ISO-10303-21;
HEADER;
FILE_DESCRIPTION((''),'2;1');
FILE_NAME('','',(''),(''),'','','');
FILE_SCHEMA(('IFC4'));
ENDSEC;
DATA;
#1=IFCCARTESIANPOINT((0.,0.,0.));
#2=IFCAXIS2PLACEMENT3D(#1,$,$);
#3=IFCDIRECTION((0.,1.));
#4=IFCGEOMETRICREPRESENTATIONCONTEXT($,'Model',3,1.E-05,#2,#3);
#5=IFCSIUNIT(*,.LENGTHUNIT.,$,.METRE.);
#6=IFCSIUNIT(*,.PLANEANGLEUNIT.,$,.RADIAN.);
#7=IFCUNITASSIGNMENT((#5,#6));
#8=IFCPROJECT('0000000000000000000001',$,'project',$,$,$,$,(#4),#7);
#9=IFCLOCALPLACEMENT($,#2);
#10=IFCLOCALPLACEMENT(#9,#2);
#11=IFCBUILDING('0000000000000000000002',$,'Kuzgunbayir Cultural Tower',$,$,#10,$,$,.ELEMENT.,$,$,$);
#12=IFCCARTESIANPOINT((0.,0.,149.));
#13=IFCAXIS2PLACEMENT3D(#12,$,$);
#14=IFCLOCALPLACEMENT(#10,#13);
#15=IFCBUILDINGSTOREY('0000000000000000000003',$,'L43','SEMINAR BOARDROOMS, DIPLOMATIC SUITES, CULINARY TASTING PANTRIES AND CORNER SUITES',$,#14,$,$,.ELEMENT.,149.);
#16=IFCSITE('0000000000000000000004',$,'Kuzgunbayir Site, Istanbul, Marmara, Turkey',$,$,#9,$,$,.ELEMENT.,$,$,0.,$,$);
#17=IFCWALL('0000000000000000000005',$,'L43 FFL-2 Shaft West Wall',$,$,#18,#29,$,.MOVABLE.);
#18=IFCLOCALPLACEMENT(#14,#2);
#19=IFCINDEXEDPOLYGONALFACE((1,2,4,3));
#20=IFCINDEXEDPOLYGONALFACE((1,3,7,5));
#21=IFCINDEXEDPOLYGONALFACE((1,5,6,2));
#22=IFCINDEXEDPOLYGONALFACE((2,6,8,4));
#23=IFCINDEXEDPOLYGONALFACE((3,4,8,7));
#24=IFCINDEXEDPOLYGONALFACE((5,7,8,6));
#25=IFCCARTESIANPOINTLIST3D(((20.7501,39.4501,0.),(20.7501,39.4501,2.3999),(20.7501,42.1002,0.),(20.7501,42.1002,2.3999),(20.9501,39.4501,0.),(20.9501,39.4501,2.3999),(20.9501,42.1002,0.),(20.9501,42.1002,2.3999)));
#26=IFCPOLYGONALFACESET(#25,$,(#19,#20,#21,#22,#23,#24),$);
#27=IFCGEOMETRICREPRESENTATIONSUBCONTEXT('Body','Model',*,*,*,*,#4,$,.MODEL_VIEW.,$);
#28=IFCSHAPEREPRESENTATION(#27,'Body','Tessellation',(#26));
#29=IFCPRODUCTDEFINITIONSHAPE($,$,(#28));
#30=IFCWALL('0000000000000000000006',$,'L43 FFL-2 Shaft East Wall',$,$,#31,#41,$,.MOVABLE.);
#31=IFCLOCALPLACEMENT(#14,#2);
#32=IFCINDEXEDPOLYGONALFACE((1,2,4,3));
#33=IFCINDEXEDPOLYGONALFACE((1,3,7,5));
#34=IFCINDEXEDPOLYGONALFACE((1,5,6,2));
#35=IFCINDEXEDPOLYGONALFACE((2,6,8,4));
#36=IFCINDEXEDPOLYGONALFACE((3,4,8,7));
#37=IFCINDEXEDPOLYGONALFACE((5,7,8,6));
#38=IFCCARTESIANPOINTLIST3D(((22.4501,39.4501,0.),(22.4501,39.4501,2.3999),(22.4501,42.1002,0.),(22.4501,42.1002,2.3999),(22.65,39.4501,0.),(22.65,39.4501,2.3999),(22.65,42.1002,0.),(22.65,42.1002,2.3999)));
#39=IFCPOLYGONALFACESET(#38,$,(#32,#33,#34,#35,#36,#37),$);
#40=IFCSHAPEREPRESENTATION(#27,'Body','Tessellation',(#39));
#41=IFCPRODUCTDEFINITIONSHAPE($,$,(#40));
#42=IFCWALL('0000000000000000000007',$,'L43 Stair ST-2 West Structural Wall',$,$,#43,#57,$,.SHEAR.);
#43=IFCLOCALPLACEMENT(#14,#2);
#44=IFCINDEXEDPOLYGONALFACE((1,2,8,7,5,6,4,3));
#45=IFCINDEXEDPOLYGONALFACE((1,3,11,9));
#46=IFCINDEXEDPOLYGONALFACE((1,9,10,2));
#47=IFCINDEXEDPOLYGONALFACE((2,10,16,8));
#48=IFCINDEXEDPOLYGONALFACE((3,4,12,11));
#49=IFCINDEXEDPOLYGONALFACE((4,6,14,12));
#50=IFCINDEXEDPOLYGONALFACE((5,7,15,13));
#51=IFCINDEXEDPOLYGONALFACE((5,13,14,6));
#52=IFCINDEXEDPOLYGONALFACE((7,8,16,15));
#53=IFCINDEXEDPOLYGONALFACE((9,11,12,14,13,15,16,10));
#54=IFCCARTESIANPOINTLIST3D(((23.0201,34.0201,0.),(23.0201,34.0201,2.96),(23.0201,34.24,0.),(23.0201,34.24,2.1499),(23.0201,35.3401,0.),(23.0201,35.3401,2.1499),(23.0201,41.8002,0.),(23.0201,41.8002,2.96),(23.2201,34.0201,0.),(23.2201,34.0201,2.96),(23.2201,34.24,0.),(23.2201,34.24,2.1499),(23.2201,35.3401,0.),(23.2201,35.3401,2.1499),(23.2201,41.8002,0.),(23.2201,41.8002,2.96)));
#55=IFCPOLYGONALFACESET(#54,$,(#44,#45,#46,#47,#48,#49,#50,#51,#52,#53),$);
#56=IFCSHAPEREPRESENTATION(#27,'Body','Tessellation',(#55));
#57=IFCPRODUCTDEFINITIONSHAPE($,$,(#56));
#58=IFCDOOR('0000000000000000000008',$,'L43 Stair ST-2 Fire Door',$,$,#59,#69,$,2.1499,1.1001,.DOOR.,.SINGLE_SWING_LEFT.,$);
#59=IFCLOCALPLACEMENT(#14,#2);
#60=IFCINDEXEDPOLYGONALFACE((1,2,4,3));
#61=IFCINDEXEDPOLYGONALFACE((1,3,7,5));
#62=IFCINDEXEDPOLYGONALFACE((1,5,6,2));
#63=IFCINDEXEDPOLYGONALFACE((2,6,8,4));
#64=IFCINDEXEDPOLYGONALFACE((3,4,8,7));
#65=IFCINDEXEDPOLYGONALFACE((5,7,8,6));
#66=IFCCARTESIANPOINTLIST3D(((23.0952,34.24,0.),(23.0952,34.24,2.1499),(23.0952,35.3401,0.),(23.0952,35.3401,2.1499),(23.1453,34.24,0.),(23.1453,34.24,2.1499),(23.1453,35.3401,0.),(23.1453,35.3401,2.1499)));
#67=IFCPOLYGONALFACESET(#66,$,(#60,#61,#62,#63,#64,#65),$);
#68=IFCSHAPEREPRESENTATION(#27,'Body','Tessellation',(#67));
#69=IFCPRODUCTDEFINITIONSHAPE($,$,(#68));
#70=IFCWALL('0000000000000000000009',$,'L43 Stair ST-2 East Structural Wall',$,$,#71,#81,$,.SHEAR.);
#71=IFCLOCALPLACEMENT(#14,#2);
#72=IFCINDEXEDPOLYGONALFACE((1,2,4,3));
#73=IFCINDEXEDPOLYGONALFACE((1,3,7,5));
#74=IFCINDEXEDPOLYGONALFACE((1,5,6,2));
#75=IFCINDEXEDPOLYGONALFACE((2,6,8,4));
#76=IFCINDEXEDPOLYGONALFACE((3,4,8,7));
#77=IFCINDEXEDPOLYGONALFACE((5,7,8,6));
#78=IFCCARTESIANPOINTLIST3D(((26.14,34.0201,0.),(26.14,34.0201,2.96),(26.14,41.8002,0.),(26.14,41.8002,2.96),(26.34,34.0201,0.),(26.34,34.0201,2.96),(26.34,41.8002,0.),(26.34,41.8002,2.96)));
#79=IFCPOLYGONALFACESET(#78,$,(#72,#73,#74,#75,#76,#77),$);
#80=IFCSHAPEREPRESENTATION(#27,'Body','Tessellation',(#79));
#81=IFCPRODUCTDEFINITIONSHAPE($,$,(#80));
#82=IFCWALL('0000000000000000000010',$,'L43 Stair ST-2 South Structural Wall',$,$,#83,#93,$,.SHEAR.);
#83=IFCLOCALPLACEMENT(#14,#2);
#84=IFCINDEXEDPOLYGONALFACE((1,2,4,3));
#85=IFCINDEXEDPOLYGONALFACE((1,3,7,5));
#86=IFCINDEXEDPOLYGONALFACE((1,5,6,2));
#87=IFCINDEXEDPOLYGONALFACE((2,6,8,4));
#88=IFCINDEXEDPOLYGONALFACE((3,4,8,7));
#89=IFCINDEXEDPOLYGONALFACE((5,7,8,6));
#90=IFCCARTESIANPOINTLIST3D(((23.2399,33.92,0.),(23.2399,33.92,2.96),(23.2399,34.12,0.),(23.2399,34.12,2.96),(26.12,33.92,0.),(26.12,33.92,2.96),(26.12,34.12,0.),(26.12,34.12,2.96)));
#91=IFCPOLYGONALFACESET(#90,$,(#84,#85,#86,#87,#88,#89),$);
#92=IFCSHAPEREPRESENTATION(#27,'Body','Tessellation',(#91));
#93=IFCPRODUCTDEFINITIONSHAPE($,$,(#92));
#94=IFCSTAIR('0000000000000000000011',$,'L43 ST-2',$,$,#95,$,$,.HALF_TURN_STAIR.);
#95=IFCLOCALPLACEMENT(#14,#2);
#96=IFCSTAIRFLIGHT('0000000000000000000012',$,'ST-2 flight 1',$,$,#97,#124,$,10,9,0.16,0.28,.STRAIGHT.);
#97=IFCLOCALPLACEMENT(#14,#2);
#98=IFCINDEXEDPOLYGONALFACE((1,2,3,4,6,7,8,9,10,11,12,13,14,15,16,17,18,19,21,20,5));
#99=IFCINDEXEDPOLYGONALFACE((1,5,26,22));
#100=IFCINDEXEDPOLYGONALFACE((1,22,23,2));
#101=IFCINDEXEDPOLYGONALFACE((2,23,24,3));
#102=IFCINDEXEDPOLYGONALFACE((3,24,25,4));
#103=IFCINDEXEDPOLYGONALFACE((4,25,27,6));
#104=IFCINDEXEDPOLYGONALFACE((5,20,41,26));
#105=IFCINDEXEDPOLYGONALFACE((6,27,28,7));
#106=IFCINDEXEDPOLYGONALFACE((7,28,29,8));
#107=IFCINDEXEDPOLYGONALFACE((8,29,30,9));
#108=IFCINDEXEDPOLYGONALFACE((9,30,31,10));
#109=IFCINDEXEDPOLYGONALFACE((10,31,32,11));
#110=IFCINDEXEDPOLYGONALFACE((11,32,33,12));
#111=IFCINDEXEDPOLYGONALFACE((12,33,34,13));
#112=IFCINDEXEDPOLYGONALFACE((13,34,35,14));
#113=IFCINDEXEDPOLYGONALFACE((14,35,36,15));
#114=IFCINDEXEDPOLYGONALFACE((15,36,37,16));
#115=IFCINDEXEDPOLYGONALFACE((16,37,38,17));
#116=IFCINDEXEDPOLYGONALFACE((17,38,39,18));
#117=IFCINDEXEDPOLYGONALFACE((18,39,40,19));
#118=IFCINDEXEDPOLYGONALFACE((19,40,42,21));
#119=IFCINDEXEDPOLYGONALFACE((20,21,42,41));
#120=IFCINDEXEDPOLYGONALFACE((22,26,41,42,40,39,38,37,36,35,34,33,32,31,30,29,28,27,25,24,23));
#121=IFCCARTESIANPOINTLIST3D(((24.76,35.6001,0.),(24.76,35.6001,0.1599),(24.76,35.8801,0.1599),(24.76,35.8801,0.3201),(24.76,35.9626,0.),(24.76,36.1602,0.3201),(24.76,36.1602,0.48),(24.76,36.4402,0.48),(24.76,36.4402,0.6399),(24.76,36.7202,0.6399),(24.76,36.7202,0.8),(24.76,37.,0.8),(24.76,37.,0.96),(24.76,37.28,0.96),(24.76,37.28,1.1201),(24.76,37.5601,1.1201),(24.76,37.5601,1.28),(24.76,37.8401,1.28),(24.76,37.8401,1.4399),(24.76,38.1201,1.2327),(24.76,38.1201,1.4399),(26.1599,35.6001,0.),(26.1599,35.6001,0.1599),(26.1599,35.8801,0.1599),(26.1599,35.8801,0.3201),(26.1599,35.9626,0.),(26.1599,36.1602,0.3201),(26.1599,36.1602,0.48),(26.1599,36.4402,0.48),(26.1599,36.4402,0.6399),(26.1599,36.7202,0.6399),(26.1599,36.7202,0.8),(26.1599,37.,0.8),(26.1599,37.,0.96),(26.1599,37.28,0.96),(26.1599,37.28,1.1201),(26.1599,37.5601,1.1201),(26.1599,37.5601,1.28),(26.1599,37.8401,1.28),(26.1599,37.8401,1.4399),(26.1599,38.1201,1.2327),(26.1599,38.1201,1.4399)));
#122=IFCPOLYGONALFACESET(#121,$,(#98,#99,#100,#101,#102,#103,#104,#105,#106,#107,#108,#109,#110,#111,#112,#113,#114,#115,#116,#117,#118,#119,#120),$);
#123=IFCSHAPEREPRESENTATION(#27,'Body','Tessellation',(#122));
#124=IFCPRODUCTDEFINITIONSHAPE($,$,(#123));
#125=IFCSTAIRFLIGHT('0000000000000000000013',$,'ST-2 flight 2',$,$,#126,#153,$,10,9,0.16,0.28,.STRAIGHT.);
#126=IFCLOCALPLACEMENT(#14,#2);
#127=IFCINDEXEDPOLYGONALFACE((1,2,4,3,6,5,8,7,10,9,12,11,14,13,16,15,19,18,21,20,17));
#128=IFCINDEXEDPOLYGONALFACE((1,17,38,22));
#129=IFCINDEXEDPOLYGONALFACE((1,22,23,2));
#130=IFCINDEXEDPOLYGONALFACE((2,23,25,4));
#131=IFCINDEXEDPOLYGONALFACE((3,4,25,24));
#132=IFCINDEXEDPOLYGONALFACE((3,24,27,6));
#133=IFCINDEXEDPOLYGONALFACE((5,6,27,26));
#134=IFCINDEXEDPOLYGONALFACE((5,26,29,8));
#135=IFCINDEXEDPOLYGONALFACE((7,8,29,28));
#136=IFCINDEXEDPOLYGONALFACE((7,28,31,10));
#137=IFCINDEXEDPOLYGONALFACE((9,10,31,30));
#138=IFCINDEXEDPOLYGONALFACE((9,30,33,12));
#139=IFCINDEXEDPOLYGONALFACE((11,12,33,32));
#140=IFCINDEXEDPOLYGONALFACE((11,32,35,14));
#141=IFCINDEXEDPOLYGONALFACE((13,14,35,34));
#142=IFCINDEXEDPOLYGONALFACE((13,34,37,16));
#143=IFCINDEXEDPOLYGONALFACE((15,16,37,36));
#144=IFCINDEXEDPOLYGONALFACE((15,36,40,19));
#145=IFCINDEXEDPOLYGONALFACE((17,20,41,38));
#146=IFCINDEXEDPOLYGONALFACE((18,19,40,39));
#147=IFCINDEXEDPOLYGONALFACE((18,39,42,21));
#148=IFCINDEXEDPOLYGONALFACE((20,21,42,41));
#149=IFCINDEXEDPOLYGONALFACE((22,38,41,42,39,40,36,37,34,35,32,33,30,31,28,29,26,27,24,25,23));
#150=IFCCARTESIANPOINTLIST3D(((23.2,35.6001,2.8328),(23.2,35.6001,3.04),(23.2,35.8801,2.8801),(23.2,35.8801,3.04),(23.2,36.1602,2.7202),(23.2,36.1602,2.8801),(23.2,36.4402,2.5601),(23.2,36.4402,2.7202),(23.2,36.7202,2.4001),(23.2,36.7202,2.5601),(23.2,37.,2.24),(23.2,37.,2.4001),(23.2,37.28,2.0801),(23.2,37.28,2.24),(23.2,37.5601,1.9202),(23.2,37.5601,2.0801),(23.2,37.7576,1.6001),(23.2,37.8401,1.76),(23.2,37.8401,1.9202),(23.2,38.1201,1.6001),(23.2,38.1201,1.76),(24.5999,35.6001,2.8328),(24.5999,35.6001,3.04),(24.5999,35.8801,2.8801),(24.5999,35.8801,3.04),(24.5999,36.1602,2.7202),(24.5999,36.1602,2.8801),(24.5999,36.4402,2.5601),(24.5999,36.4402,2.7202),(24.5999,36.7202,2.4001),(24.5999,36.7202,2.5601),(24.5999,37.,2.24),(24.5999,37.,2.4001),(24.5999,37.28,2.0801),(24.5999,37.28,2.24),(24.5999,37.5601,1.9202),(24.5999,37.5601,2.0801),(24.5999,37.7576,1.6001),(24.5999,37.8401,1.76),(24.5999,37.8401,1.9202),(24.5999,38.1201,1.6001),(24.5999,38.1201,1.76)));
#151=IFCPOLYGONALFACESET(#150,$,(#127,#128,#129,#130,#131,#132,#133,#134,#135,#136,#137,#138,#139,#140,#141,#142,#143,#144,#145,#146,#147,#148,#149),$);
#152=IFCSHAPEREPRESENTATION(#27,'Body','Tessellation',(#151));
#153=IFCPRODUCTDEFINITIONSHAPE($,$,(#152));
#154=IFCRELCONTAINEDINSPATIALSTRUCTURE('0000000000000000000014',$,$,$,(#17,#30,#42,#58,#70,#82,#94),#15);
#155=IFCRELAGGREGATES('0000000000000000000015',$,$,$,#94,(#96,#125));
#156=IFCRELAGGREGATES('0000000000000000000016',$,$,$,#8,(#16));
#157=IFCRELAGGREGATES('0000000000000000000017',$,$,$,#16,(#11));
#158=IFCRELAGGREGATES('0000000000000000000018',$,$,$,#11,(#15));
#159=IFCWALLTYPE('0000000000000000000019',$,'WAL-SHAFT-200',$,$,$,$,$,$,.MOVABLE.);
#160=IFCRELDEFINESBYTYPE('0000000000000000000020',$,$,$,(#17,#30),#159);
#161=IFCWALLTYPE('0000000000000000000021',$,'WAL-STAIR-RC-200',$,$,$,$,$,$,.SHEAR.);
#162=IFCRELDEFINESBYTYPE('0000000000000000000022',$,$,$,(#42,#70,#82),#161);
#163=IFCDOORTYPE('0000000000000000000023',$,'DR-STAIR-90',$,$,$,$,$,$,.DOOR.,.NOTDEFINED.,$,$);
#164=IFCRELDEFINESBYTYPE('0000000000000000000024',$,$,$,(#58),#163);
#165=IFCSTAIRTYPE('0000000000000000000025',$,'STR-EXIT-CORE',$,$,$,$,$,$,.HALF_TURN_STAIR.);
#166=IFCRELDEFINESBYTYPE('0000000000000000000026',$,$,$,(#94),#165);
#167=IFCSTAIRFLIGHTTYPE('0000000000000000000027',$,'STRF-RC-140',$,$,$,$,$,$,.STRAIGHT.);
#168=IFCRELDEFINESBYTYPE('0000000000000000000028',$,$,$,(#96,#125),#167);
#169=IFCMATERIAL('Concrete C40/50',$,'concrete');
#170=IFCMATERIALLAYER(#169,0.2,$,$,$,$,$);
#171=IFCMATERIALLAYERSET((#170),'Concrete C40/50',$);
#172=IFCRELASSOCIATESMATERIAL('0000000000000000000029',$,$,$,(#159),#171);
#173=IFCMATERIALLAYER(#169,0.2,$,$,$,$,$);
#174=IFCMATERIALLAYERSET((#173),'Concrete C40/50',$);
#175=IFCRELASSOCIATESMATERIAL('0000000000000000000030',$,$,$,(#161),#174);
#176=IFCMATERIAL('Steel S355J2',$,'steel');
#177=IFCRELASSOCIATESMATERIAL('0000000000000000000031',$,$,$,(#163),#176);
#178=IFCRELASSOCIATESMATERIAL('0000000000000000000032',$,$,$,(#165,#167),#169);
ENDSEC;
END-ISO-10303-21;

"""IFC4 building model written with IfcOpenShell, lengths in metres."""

from ifc_helpers import new_model, si_unit, direction, frame, frame_2d, origin, place, context, subcontext, project, spatial, polyline, rectangle, outline, extrude, material, layer, layer_set, type_object, element, fill, aggregate, save


model = new_model("IFC4")

# Units and contexts
model_context = context("Model", 3, precision=1e-05, world=origin(), true_north=direction((0.0, 1.0)))
body_context = subcontext(model_context, "Body", "Model", "MODEL_VIEW")
ifc_project = project(units=[si_unit("LENGTHUNIT", "METRE"), si_unit("PLANEANGLEUNIT", "RADIAN")], contexts=[model_context])

# Site, building, storey
site_placement = place(None, origin())
site = spatial("IfcSite", under=ifc_project, at=site_placement, Name="Kuzgunbayir Site, Istanbul, Marmara, Turkey", CompositionType="ELEMENT", RefElevation=0.0)
building_placement = place(site_placement, origin())
building = spatial("IfcBuilding", under=site, at=building_placement, Name="Kuzgunbayir Cultural Tower", CompositionType="ELEMENT")
storey_placement = place(building_placement, frame((0.0, 0.0, 149.0)))
storey = spatial("IfcBuildingStorey", under=building, at=storey_placement, Name="L43", Description="SEMINAR BOARDROOMS, DIPLOMATIC SUITES, CULINARY TASTING PANTRIES AND CORNER SUITES", CompositionType="ELEMENT", Elevation=149.0)

# Shared definitions
ifc_material_1 = material(Name="Steel S355J2", Category="steel")

# Shared definitions
ifc_material_2 = material(Name="Concrete C40/50", Category="concrete")
ifc_layer_1 = layer(ifc_material_2, 0.2)
ifc_layer_set_1 = layer_set([ifc_layer_1], Name="Concrete C40/50")
wall_type_1 = type_object("IfcWallType", Name="WAL-SHAFT-200", PredefinedType="MOVABLE", material=ifc_layer_set_1)

# Walls
for number, where, z_axis, x_axis, name in (
    (1, (20.8501, 39.45, 0.0), (0.0, 0.0, 1.0), (0.0, 1.0, 0.0), "L43 FFL-2 Shaft West Wall"),
    (2, (22.55, 39.45, 0.0), (0.0, 0.0, 1.0), (0.0, 1.0, 0.0), "L43 FFL-2 Shaft East Wall"),
):
    element("IfcWall", number, at=place(storey_placement, frame(where, z_axis=z_axis, x_axis=x_axis)), inside=storey, type_object=wall_type_1, Name=name, PredefinedType="MOVABLE", context=body_context, shape_type="SweptSolid", body=[
        extrude(rectangle(XDim=2.6501, YDim=0.2, at=frame_2d((1.3252, 0.0))), origin(), (0.0, 0.0, 1.0), 2.3999),
    ])

# Wall, opening, door
ifc_layer_2 = layer(ifc_material_2, 0.2)
ifc_layer_set_2 = layer_set([ifc_layer_2], Name="Concrete C40/50")
wall_type_2 = type_object("IfcWallType", Name="WAL-STAIR-RC-200", PredefinedType="SHEAR", material=ifc_layer_set_2)
wall_1_placement = place(storey_placement, frame((23.1201, 34.02, 0.0), z_axis=(0.0, 0.0, 1.0), x_axis=(0.0, 1.0, 0.0)))
wall_1 = element("IfcWall", 3, at=wall_1_placement, inside=storey, type_object=wall_type_2, Name="L43 Stair ST-2 West Structural Wall", PredefinedType="SHEAR", context=body_context, shape_type="SweptSolid", body=[
    extrude(rectangle(XDim=7.78, YDim=0.2, at=frame_2d((3.8901, 0.0))), origin(), (0.0, 0.0, 1.0), 2.96),
])
opening_1_placement = place(wall_1_placement, frame((0.22, 0.0, 0.0)))
opening_1 = element("IfcOpeningElement", 4, at=opening_1_placement, cuts=wall_1, PredefinedType="OPENING", context=body_context, shape_type="SweptSolid", body=[
    extrude(rectangle(XDim=1.1001, YDim=2.1499, at=frame_2d((0.55, 1.075))), frame((0.0, 0.1099, 0.0), z_axis=(0.0, -1.0, 0.0), x_axis=(1.0, 0.0, 0.0)), (0.0, 0.0, 1.0), 0.22),
])
door_type_1 = type_object("IfcDoorType", Name="DR-STAIR-90", OperationType="NOTDEFINED", PredefinedType="DOOR", material=ifc_material_1)
door_1_placement = place(opening_1_placement, origin())
door_1 = element("IfcDoor", 5, at=door_1_placement, inside=storey, type_object=door_type_1, Name="L43 Stair ST-2 Fire Door", OperationType="SINGLE_SWING_LEFT", OverallHeight=2.1499, OverallWidth=1.1001, PredefinedType="DOOR", context=body_context, shape_type="SweptSolid", body=[
    extrude(rectangle(XDim=1.1001, YDim=2.1499, at=frame_2d((0.55, 1.075))), frame((0.0, 0.0249, 0.0), z_axis=(0.0, -1.0, 0.0), x_axis=(1.0, 0.0, 0.0)), (0.0, 0.0, 1.0), 0.05),
])
fill(opening_1, door_1)

# Walls
wall_2_placement = place(storey_placement, frame((26.24, 34.02, 0.0), z_axis=(0.0, 0.0, 1.0), x_axis=(0.0, 1.0, 0.0)))
element("IfcWall", 6, at=wall_2_placement, inside=storey, type_object=wall_type_2, Name="L43 Stair ST-2 East Structural Wall", PredefinedType="SHEAR", context=body_context, shape_type="SweptSolid", body=[
    extrude(rectangle(XDim=7.78, YDim=0.2, at=frame_2d((3.8901, 0.0))), origin(), (0.0, 0.0, 1.0), 2.96),
])
wall_3_placement = place(storey_placement, frame((23.24, 34.02, 0.0), z_axis=(0.0, 0.0, 1.0), x_axis=(1.0, 0.0, 0.0)))
element("IfcWall", 7, at=wall_3_placement, inside=storey, type_object=wall_type_2, Name="L43 Stair ST-2 South Structural Wall", PredefinedType="SHEAR", context=body_context, shape_type="SweptSolid", body=[
    extrude(rectangle(XDim=2.8801, YDim=0.2, at=frame_2d((1.4399, 0.0))), origin(), (0.0, 0.0, 1.0), 2.96),
])

# Stair, stair flights
stair_type = type_object("IfcStairType", Name="STR-EXIT-CORE", PredefinedType="HALF_TURN_STAIR", material=ifc_material_2)
stair_placement = place(storey_placement, origin())
stair = element("IfcStair", 8, at=stair_placement, inside=storey, type_object=stair_type, Name="L43 ST-2", PredefinedType="HALF_TURN_STAIR")
stair_flight_type = type_object("IfcStairFlightType", Name="STRF-RC-140", PredefinedType="STRAIGHT", material=ifc_material_2)
stair_flight_1_placement = place(storey_placement, frame((25.46, 35.6001, 0.0), z_axis=(0.0, 0.0, 1.0), x_axis=(0.0, 1.0, 0.0)))
stair_flight_1 = element("IfcStairFlight", 9, at=stair_flight_1_placement, type_object=stair_flight_type, Name="ST-2 flight 1", NumberOfRisers=10, NumberOfTreads=9, PredefinedType="STRAIGHT", RiserHeight=0.16, TreadLength=0.28, context=body_context, shape_type="SweptSolid", body=[
    extrude(outline(polyline([(0.0, 0.0), (0.0, 0.1599), (0.28, 0.1599), (0.28, 0.3201), (0.5601, 0.3201), (0.5601, 0.48), (0.8401, 0.48), (0.8401, 0.6399), (1.1201, 0.6399), (1.1201, 0.8), (1.3999, 0.8), (1.3999, 0.96), (1.6799, 0.96), (1.6799, 1.1201), (1.96, 1.1201), (1.96, 1.28), (2.24, 1.28), (2.24, 1.4399), (2.52, 1.4399), (2.52, 1.6001), (2.52, 1.2327), (0.3625, 0.0), (0.0, 0.0)])), frame((0.0, 0.7, 0.0), z_axis=(0.0, -1.0, 0.0), x_axis=(1.0, 0.0, 0.0)), (0.0, 0.0, 1.0), 1.3999),
])
stair_flight_2_placement = place(storey_placement, frame((23.8999, 38.1201, 1.6001), z_axis=(0.0, 0.0, 1.0), x_axis=(0.0, -1.0, 0.0)))
stair_flight_2 = element("IfcStairFlight", 10, at=stair_flight_2_placement, type_object=stair_flight_type, Name="ST-2 flight 2", NumberOfRisers=10, NumberOfTreads=9, PredefinedType="STRAIGHT", RiserHeight=0.16, TreadLength=0.28, context=body_context, shape_type="SweptSolid", body=[
    extrude(outline(polyline([(0.0, 0.0), (0.0, 0.1599), (0.28, 0.1599), (0.28, 0.3201), (0.5601, 0.3201), (0.5601, 0.48), (0.8401, 0.48), (0.8401, 0.6399), (1.1201, 0.6399), (1.1201, 0.8), (1.3999, 0.8), (1.3999, 0.96), (1.6799, 0.96), (1.6799, 1.1201), (1.96, 1.1201), (1.96, 1.28), (2.24, 1.28), (2.24, 1.4399), (2.52, 1.4399), (2.52, 1.6001), (2.52, 1.2327), (0.3625, 0.0), (0.0, 0.0)])), frame((0.0, 0.7, 0.0), z_axis=(0.0, -1.0, 0.0), x_axis=(1.0, 0.0, 0.0)), (0.0, 0.0, 1.0), 1.3999),
])
aggregate(stair, [stair_flight_1, stair_flight_2])

save(model, "model.ifc")
